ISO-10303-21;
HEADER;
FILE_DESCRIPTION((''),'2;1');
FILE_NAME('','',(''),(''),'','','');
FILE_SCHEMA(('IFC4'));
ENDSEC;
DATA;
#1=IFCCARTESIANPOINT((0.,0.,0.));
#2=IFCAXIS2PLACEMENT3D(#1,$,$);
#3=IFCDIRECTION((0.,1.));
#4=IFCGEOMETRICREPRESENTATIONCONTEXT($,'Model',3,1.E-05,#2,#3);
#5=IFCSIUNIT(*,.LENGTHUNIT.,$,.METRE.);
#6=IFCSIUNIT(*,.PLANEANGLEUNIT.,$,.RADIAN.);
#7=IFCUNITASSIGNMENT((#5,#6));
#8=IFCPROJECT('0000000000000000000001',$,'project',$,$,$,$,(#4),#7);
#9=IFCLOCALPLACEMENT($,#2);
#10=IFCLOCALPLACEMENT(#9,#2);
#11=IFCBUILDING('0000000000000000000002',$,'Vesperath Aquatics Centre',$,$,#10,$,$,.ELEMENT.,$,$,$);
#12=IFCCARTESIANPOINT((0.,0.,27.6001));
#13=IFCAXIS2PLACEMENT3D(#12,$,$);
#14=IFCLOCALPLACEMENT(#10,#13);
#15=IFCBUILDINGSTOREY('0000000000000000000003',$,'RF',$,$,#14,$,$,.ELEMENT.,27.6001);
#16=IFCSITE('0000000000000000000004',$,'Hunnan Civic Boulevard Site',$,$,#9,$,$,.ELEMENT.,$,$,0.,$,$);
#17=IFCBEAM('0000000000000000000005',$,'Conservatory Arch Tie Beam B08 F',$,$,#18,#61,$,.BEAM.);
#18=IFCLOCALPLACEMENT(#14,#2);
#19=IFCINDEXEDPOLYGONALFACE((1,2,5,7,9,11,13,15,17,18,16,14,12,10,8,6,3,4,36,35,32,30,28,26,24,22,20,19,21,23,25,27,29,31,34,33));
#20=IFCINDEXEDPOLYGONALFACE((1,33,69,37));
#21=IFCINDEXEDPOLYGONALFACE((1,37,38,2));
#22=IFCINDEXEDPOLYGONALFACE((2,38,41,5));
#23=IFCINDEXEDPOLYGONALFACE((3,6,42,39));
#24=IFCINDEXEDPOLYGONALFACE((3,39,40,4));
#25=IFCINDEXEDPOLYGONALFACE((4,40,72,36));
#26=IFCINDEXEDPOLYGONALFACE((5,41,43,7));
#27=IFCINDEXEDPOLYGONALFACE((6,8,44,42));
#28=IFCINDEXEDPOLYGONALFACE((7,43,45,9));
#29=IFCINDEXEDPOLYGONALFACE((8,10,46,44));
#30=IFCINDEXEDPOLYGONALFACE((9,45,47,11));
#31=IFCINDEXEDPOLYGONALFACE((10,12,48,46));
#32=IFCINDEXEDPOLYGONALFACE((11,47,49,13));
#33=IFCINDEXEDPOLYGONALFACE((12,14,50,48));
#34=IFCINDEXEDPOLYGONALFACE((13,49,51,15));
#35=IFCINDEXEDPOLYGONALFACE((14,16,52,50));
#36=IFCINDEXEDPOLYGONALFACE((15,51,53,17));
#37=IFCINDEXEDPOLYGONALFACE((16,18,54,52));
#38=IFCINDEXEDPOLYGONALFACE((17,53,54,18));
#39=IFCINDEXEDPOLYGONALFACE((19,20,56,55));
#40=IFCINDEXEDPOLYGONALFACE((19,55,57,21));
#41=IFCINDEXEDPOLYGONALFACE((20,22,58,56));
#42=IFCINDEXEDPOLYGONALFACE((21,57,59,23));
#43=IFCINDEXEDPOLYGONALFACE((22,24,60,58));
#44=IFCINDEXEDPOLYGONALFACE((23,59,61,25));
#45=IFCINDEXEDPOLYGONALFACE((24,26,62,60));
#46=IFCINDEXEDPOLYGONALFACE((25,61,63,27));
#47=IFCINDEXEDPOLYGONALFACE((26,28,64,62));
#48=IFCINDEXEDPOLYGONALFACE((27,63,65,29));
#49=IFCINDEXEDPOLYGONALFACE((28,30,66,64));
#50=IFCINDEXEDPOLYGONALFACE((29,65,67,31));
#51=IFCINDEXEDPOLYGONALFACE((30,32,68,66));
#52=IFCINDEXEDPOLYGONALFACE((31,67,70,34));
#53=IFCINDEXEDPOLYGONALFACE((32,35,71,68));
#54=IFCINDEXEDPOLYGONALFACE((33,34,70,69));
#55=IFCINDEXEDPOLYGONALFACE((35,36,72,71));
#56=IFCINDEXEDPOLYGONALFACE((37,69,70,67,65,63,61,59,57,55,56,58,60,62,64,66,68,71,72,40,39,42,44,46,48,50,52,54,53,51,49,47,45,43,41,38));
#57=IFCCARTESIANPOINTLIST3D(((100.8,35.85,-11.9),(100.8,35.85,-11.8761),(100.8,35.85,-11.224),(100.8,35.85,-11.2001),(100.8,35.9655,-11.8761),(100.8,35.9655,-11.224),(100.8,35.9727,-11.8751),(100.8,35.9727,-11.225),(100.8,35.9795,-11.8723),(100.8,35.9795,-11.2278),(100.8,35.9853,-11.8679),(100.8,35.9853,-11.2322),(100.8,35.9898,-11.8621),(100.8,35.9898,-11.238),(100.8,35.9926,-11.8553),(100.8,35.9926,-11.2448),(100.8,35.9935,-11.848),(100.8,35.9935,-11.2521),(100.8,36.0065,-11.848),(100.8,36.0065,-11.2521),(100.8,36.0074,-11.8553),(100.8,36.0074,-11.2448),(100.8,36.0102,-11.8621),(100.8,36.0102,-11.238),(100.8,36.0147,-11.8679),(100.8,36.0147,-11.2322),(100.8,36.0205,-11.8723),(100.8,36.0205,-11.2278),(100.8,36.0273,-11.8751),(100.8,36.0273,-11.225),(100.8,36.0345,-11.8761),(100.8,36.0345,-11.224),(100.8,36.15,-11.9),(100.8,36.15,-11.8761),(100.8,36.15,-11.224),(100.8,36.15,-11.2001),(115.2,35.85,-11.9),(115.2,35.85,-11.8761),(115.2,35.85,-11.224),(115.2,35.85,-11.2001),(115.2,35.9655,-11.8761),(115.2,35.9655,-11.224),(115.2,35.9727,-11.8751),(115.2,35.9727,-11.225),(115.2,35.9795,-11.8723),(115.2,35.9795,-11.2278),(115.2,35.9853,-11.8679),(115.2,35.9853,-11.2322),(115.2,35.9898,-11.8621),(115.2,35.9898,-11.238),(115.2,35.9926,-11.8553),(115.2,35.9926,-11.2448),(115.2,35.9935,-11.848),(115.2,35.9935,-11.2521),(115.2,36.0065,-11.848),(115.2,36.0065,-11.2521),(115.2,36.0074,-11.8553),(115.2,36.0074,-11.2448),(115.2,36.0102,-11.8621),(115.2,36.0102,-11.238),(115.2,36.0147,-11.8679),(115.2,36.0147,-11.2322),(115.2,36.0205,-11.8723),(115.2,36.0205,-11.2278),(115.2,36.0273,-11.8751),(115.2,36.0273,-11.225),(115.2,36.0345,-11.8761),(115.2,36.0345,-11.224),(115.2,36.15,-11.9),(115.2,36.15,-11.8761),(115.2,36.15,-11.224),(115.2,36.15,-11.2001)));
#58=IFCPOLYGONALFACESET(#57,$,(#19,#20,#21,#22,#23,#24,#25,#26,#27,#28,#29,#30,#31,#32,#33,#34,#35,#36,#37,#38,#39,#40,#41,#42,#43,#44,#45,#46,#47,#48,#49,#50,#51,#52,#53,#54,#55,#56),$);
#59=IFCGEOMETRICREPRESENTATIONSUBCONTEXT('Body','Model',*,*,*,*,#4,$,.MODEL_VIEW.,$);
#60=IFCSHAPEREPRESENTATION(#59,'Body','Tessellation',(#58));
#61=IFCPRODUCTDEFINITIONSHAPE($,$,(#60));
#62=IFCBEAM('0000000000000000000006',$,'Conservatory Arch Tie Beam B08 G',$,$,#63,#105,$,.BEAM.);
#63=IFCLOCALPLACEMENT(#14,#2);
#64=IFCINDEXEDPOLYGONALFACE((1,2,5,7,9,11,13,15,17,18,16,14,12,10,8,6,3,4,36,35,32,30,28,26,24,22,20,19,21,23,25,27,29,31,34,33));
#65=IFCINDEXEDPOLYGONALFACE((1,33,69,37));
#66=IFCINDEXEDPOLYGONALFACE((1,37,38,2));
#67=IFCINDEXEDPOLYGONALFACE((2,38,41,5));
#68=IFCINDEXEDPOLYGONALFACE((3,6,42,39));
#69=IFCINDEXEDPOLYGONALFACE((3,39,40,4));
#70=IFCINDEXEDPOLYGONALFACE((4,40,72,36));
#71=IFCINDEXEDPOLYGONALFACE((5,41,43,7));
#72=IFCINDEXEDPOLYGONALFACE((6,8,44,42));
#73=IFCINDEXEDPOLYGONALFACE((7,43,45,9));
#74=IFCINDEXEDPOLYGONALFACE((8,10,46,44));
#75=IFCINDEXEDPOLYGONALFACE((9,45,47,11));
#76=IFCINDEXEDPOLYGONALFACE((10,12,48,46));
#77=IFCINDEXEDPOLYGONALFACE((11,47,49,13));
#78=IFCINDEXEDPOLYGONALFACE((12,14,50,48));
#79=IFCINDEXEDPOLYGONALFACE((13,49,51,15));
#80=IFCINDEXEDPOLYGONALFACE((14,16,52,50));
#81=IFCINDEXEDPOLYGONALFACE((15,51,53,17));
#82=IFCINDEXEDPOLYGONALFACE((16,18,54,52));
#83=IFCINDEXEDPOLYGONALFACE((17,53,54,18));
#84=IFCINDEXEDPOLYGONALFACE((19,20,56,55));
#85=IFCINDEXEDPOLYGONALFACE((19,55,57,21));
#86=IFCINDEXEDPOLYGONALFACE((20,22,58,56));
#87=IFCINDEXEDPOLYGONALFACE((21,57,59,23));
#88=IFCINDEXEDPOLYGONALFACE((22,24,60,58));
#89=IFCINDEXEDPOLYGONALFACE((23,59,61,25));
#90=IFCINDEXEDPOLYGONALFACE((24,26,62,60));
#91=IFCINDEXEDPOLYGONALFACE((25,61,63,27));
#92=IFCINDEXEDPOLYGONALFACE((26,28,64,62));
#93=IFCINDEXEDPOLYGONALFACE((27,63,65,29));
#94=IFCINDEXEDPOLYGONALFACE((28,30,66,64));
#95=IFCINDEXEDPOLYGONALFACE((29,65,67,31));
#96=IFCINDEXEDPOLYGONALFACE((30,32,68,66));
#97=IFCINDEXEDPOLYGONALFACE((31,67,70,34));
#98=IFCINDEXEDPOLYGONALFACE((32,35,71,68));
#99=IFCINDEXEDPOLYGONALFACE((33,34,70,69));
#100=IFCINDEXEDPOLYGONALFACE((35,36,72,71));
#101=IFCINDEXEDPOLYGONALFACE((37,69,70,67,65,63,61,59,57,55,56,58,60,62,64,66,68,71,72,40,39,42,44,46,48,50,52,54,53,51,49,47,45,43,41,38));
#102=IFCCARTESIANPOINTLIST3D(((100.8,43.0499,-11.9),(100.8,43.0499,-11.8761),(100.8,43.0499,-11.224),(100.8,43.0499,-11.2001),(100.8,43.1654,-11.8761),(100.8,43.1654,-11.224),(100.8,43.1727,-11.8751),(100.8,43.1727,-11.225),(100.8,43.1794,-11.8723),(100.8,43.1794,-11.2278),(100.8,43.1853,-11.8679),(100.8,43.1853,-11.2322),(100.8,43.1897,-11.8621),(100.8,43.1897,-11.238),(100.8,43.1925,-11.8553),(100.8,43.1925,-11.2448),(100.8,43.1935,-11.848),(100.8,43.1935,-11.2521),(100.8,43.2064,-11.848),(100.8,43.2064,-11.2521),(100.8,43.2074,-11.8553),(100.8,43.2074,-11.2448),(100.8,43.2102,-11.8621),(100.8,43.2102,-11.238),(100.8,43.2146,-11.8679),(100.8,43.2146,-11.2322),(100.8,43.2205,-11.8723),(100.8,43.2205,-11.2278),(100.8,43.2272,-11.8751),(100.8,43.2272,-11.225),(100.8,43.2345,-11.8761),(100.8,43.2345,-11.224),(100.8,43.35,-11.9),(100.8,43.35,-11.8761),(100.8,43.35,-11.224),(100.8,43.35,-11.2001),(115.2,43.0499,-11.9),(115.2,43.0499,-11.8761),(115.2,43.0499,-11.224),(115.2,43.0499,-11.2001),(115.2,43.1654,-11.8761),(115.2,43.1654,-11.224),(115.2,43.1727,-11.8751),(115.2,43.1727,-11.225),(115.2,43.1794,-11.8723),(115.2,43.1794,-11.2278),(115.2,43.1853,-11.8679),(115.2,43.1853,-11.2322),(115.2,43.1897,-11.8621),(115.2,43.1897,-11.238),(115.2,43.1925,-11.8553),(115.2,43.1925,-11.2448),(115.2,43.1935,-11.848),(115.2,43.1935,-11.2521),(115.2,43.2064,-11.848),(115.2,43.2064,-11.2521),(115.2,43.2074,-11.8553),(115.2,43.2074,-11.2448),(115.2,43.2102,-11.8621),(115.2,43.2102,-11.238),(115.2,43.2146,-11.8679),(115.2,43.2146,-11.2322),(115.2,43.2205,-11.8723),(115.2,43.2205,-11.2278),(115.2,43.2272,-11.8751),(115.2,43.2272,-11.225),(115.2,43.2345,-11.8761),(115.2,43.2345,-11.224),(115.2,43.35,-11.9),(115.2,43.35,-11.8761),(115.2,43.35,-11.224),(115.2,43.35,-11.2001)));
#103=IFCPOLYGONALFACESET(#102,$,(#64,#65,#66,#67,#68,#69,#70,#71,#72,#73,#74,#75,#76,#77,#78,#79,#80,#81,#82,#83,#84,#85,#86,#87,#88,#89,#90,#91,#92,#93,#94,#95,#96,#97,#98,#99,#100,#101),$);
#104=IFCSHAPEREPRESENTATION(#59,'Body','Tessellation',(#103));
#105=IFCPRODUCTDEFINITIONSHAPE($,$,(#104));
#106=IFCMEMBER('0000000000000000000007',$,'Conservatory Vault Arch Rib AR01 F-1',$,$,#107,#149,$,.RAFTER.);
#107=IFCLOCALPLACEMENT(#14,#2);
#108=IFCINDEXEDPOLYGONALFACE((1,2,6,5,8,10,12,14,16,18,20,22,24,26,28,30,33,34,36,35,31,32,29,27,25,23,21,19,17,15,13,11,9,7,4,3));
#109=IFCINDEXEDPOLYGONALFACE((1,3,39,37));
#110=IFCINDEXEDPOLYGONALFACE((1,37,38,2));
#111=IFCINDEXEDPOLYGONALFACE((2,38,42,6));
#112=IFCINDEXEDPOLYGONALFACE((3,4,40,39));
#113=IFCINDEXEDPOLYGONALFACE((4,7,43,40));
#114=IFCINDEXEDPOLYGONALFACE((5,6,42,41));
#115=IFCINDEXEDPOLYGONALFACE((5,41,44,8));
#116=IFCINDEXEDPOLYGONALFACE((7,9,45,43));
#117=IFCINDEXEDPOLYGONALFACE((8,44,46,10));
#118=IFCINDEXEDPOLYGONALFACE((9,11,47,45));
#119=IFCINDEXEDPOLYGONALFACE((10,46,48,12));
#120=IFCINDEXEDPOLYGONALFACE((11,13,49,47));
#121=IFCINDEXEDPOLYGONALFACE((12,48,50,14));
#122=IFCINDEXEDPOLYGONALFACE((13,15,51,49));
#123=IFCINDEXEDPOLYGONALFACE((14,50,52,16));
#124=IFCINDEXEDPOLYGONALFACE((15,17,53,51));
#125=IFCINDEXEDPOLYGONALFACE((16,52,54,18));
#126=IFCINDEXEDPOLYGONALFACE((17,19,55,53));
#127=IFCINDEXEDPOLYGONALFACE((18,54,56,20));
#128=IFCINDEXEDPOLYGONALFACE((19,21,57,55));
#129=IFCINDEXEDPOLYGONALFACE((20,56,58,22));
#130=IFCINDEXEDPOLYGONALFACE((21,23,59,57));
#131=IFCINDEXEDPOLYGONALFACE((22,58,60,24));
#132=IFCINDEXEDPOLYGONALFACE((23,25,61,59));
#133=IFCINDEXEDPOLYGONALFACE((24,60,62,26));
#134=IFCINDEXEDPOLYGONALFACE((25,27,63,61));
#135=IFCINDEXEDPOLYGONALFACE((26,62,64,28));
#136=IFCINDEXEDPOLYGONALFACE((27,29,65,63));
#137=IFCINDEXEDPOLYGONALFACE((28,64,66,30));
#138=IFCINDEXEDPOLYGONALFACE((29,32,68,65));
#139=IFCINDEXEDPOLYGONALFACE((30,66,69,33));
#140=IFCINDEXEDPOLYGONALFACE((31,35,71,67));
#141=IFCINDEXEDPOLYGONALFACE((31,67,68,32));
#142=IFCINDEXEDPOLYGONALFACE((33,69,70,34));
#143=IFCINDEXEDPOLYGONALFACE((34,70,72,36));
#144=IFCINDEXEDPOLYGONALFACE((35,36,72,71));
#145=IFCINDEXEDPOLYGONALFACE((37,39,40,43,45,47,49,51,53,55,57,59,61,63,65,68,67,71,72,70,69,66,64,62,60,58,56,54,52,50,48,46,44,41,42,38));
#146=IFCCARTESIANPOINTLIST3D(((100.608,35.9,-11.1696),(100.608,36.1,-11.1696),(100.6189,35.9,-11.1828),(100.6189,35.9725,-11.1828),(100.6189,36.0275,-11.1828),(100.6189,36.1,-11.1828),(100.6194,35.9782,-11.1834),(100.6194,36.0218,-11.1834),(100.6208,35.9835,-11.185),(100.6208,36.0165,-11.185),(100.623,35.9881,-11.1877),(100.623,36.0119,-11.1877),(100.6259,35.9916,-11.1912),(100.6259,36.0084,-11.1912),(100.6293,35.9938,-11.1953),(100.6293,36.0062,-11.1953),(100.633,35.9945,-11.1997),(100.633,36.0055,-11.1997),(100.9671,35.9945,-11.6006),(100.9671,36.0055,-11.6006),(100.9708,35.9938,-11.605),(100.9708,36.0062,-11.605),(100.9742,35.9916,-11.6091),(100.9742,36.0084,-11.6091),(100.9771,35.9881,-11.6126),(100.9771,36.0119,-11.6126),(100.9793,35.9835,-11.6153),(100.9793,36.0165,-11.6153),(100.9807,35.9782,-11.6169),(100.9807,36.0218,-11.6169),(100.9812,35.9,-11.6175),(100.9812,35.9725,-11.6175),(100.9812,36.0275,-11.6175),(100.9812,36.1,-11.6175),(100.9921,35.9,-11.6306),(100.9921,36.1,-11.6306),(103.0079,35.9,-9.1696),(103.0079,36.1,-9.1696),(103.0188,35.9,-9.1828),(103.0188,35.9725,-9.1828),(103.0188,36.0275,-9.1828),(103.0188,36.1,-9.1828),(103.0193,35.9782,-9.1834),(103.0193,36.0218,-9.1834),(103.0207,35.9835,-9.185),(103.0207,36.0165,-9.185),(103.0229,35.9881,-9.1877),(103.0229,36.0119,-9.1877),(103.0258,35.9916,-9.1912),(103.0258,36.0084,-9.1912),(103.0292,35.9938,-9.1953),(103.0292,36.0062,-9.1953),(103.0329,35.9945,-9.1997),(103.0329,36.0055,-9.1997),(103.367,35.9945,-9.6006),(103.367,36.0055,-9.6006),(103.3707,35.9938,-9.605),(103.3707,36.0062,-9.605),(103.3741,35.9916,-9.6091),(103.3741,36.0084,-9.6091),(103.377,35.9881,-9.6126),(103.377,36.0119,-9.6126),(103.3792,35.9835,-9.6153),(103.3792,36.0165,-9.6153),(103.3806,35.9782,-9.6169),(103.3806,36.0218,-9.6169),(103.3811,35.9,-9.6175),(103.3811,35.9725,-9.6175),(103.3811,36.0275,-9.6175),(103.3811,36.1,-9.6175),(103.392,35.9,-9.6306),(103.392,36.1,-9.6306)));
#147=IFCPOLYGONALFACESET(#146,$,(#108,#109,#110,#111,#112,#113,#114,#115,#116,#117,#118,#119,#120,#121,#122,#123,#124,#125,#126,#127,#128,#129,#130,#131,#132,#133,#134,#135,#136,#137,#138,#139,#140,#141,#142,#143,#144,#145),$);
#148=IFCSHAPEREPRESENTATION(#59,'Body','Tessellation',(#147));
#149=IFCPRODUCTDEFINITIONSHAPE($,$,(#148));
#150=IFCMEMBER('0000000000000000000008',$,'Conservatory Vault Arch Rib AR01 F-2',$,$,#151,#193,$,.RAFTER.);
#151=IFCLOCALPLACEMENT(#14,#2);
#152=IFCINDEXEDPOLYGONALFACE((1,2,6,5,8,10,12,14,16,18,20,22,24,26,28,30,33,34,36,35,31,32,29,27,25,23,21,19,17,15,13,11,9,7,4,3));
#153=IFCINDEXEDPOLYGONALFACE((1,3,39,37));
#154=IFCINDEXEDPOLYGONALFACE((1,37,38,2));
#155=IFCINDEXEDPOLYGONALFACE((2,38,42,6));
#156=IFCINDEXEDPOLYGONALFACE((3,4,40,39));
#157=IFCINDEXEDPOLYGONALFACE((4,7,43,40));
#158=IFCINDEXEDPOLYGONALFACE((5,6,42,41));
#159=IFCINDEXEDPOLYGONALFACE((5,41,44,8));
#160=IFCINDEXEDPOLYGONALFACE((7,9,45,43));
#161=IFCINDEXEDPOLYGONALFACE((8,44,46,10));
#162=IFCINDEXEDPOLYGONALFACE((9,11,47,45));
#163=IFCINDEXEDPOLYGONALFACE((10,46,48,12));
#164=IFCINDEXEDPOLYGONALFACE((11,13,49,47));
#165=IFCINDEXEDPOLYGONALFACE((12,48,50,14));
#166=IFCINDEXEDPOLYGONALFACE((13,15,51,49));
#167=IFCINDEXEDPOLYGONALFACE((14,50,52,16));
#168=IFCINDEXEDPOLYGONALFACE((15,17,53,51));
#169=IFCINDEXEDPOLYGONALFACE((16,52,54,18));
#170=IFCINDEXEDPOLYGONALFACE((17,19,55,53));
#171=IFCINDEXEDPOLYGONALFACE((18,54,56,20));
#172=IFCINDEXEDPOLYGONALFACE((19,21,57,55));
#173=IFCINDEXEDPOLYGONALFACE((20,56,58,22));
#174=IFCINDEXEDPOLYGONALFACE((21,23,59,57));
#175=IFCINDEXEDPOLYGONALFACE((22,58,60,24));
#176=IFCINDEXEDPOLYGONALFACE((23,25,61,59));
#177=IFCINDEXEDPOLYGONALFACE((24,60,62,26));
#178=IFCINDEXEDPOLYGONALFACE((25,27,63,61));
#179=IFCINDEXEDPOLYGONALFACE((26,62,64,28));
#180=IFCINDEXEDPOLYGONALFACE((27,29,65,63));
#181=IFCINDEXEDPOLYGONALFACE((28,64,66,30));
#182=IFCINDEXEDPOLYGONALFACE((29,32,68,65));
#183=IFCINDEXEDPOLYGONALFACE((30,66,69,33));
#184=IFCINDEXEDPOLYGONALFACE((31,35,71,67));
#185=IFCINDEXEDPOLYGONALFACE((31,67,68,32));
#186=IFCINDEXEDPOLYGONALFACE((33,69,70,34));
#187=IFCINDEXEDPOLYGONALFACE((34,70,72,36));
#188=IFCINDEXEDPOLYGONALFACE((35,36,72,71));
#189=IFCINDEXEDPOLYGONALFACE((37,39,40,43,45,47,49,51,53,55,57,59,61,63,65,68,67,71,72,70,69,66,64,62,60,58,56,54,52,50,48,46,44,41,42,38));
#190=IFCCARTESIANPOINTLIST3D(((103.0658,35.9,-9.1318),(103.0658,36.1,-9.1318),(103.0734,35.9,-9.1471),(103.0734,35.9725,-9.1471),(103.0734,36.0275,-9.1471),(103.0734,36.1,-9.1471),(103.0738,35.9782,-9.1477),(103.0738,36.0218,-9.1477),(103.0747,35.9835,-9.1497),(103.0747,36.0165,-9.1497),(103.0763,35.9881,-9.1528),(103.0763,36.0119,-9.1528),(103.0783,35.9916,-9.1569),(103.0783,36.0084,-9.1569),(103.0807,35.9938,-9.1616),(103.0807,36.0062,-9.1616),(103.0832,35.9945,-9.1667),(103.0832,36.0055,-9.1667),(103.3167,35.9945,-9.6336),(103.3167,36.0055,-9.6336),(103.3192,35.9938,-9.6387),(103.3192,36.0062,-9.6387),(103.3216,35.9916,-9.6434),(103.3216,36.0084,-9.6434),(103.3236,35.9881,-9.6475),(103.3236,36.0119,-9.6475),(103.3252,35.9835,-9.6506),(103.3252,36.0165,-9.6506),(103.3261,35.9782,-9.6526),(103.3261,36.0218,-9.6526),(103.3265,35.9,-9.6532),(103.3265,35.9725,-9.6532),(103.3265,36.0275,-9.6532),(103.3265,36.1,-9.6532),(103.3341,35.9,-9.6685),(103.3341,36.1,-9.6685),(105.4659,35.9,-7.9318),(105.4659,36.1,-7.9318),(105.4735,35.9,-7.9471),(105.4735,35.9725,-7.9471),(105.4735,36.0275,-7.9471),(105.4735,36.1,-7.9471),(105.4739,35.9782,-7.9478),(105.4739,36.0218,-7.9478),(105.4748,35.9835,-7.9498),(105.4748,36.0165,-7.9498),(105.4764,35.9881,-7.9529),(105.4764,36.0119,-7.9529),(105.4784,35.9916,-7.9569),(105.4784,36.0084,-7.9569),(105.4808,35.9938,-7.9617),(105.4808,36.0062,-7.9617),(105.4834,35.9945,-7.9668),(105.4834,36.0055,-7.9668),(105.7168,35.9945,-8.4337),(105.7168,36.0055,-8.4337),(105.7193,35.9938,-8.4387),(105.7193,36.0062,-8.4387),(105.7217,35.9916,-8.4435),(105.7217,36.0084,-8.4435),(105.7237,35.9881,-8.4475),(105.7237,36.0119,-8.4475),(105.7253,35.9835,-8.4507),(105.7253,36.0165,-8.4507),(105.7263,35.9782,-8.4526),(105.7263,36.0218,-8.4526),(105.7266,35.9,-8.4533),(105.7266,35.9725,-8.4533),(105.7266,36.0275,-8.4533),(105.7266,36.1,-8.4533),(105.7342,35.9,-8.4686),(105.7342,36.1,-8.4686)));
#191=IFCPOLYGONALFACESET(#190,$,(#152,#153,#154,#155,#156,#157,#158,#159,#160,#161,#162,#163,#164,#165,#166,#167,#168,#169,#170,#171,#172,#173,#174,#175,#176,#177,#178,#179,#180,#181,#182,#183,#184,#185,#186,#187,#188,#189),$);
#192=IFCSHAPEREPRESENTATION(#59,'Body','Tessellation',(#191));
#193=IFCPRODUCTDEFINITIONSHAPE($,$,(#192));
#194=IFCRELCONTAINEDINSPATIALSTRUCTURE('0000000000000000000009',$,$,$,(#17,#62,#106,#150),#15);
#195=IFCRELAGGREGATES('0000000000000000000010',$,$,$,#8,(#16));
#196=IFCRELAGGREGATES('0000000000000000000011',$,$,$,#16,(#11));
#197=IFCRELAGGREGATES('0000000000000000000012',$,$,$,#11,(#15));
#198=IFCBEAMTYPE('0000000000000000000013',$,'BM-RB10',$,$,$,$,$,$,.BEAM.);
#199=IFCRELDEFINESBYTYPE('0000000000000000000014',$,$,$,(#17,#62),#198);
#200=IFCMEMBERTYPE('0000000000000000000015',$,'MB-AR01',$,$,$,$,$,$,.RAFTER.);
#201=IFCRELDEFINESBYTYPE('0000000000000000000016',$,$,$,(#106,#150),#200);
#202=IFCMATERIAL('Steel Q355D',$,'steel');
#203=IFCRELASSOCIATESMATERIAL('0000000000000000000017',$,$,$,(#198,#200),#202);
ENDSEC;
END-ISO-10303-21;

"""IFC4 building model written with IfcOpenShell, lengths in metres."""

from ifc_helpers import new_model, si_unit, direction, frame, origin, origin_2d, place, context, subcontext, project, spatial, i_section, extrude, material, material_profile, profile_set, type_object, element, save


model = new_model("IFC4")

# Units and contexts
model_context = context("Model", 3, precision=1e-05, world=origin(), true_north=direction((0.0, 1.0)))
body_context = subcontext(model_context, "Body", "Model", "MODEL_VIEW")
ifc_project = project(units=[si_unit("LENGTHUNIT", "METRE"), si_unit("PLANEANGLEUNIT", "RADIAN")], contexts=[model_context])

# Site, building, storey
site_placement = place(None, origin())
site = spatial("IfcSite", under=ifc_project, at=site_placement, Name="Hunnan Civic Boulevard Site", CompositionType="ELEMENT", RefElevation=0.0)
building_placement = place(site_placement, origin())
building = spatial("IfcBuilding", under=site, at=building_placement, Name="Vesperath Aquatics Centre", CompositionType="ELEMENT")
storey_placement = place(building_placement, frame((0.0, 0.0, 27.6001)))
storey = spatial("IfcBuildingStorey", under=building, at=storey_placement, Name="RF", CompositionType="ELEMENT", Elevation=27.6001)

# Beams
ifc_material_1 = material(Name="Steel Q355D", Category="steel")
ifc_material_profile_1 = material_profile(ifc_material_1, i_section(OverallWidth=0.3, OverallDepth=0.7, WebThickness=0.0129, FlangeThickness=0.0239, FilletRadius=0.0281, at=origin_2d()), Name="HN 700x300x13x24")
ifc_profile_set_1 = profile_set([ifc_material_profile_1], Name="Steel Q355D")
beam_type = type_object("IfcBeamType", Name="BM-RB10", PredefinedType="BEAM", material=ifc_profile_set_1)
for number, where, z_axis, x_axis, name in (
    (1, (100.8, 36.0, -11.55), (1.0, 0.0, 0.0), (0.0, 1.0, 0.0), "Conservatory Arch Tie Beam B08 F"),
    (2, (100.8, 43.2, -11.55), (1.0, 0.0, 0.0), (0.0, 1.0, 0.0), "Conservatory Arch Tie Beam B08 G"),
):
    element("IfcBeam", number, at=place(storey_placement, frame(where, z_axis=z_axis, x_axis=x_axis)), inside=storey, type_object=beam_type, Name=name, PredefinedType="BEAM", context=body_context, shape_type="SweptSolid", body=[
        extrude(i_section(OverallWidth=0.3, OverallDepth=0.7, WebThickness=0.0129, FlangeThickness=0.0239, FilletRadius=0.0281, at=origin_2d()), origin(), (0.0, 0.0, 1.0), 14.3999),
    ])

# Members
ifc_material_profile_2 = material_profile(ifc_material_1, i_section(OverallWidth=0.2, OverallDepth=0.6001, WebThickness=0.011, FlangeThickness=0.0171, FilletRadius=0.022, at=origin_2d()), Name="HN 600x200x11x17")
ifc_profile_set_2 = profile_set([ifc_material_profile_2], Name="Steel Q355D")
member_type_1 = type_object("IfcMemberType", Name="MB-AR01", PredefinedType="RAFTER", material=ifc_profile_set_2)
member_1_placement = place(storey_placement, frame((100.8, 36.0, -11.4001), z_axis=(0.768208, 0.0, 0.6402), x_axis=(0.0, 1.0, 0.0)))
element("IfcMember", 3, at=member_1_placement, inside=storey, type_object=member_type_1, Name="Conservatory Vault Arch Rib AR01 F-1", PredefinedType="RAFTER", context=body_context, shape_type="SweptSolid", body=[
    extrude(i_section(OverallWidth=0.2, OverallDepth=0.6001, WebThickness=0.011, FlangeThickness=0.0171, FilletRadius=0.022, at=origin_2d()), origin(), (0.0, 0.0, 1.0), 3.124),
])
member_2_placement = place(storey_placement, frame((103.2, 36.0, -9.4001), z_axis=(0.894445, 0.0, 0.447177), x_axis=(0.0, 1.0, 0.0)))
element("IfcMember", 4, at=member_2_placement, inside=storey, type_object=member_type_1, Name="Conservatory Vault Arch Rib AR01 F-2", PredefinedType="RAFTER", context=body_context, shape_type="SweptSolid", body=[
    extrude(i_section(OverallWidth=0.2, OverallDepth=0.6001, WebThickness=0.011, FlangeThickness=0.0171, FilletRadius=0.022, at=origin_2d()), origin(), (0.0, 0.0, 1.0), 2.6833),
])

save(model, "model.ifc")
